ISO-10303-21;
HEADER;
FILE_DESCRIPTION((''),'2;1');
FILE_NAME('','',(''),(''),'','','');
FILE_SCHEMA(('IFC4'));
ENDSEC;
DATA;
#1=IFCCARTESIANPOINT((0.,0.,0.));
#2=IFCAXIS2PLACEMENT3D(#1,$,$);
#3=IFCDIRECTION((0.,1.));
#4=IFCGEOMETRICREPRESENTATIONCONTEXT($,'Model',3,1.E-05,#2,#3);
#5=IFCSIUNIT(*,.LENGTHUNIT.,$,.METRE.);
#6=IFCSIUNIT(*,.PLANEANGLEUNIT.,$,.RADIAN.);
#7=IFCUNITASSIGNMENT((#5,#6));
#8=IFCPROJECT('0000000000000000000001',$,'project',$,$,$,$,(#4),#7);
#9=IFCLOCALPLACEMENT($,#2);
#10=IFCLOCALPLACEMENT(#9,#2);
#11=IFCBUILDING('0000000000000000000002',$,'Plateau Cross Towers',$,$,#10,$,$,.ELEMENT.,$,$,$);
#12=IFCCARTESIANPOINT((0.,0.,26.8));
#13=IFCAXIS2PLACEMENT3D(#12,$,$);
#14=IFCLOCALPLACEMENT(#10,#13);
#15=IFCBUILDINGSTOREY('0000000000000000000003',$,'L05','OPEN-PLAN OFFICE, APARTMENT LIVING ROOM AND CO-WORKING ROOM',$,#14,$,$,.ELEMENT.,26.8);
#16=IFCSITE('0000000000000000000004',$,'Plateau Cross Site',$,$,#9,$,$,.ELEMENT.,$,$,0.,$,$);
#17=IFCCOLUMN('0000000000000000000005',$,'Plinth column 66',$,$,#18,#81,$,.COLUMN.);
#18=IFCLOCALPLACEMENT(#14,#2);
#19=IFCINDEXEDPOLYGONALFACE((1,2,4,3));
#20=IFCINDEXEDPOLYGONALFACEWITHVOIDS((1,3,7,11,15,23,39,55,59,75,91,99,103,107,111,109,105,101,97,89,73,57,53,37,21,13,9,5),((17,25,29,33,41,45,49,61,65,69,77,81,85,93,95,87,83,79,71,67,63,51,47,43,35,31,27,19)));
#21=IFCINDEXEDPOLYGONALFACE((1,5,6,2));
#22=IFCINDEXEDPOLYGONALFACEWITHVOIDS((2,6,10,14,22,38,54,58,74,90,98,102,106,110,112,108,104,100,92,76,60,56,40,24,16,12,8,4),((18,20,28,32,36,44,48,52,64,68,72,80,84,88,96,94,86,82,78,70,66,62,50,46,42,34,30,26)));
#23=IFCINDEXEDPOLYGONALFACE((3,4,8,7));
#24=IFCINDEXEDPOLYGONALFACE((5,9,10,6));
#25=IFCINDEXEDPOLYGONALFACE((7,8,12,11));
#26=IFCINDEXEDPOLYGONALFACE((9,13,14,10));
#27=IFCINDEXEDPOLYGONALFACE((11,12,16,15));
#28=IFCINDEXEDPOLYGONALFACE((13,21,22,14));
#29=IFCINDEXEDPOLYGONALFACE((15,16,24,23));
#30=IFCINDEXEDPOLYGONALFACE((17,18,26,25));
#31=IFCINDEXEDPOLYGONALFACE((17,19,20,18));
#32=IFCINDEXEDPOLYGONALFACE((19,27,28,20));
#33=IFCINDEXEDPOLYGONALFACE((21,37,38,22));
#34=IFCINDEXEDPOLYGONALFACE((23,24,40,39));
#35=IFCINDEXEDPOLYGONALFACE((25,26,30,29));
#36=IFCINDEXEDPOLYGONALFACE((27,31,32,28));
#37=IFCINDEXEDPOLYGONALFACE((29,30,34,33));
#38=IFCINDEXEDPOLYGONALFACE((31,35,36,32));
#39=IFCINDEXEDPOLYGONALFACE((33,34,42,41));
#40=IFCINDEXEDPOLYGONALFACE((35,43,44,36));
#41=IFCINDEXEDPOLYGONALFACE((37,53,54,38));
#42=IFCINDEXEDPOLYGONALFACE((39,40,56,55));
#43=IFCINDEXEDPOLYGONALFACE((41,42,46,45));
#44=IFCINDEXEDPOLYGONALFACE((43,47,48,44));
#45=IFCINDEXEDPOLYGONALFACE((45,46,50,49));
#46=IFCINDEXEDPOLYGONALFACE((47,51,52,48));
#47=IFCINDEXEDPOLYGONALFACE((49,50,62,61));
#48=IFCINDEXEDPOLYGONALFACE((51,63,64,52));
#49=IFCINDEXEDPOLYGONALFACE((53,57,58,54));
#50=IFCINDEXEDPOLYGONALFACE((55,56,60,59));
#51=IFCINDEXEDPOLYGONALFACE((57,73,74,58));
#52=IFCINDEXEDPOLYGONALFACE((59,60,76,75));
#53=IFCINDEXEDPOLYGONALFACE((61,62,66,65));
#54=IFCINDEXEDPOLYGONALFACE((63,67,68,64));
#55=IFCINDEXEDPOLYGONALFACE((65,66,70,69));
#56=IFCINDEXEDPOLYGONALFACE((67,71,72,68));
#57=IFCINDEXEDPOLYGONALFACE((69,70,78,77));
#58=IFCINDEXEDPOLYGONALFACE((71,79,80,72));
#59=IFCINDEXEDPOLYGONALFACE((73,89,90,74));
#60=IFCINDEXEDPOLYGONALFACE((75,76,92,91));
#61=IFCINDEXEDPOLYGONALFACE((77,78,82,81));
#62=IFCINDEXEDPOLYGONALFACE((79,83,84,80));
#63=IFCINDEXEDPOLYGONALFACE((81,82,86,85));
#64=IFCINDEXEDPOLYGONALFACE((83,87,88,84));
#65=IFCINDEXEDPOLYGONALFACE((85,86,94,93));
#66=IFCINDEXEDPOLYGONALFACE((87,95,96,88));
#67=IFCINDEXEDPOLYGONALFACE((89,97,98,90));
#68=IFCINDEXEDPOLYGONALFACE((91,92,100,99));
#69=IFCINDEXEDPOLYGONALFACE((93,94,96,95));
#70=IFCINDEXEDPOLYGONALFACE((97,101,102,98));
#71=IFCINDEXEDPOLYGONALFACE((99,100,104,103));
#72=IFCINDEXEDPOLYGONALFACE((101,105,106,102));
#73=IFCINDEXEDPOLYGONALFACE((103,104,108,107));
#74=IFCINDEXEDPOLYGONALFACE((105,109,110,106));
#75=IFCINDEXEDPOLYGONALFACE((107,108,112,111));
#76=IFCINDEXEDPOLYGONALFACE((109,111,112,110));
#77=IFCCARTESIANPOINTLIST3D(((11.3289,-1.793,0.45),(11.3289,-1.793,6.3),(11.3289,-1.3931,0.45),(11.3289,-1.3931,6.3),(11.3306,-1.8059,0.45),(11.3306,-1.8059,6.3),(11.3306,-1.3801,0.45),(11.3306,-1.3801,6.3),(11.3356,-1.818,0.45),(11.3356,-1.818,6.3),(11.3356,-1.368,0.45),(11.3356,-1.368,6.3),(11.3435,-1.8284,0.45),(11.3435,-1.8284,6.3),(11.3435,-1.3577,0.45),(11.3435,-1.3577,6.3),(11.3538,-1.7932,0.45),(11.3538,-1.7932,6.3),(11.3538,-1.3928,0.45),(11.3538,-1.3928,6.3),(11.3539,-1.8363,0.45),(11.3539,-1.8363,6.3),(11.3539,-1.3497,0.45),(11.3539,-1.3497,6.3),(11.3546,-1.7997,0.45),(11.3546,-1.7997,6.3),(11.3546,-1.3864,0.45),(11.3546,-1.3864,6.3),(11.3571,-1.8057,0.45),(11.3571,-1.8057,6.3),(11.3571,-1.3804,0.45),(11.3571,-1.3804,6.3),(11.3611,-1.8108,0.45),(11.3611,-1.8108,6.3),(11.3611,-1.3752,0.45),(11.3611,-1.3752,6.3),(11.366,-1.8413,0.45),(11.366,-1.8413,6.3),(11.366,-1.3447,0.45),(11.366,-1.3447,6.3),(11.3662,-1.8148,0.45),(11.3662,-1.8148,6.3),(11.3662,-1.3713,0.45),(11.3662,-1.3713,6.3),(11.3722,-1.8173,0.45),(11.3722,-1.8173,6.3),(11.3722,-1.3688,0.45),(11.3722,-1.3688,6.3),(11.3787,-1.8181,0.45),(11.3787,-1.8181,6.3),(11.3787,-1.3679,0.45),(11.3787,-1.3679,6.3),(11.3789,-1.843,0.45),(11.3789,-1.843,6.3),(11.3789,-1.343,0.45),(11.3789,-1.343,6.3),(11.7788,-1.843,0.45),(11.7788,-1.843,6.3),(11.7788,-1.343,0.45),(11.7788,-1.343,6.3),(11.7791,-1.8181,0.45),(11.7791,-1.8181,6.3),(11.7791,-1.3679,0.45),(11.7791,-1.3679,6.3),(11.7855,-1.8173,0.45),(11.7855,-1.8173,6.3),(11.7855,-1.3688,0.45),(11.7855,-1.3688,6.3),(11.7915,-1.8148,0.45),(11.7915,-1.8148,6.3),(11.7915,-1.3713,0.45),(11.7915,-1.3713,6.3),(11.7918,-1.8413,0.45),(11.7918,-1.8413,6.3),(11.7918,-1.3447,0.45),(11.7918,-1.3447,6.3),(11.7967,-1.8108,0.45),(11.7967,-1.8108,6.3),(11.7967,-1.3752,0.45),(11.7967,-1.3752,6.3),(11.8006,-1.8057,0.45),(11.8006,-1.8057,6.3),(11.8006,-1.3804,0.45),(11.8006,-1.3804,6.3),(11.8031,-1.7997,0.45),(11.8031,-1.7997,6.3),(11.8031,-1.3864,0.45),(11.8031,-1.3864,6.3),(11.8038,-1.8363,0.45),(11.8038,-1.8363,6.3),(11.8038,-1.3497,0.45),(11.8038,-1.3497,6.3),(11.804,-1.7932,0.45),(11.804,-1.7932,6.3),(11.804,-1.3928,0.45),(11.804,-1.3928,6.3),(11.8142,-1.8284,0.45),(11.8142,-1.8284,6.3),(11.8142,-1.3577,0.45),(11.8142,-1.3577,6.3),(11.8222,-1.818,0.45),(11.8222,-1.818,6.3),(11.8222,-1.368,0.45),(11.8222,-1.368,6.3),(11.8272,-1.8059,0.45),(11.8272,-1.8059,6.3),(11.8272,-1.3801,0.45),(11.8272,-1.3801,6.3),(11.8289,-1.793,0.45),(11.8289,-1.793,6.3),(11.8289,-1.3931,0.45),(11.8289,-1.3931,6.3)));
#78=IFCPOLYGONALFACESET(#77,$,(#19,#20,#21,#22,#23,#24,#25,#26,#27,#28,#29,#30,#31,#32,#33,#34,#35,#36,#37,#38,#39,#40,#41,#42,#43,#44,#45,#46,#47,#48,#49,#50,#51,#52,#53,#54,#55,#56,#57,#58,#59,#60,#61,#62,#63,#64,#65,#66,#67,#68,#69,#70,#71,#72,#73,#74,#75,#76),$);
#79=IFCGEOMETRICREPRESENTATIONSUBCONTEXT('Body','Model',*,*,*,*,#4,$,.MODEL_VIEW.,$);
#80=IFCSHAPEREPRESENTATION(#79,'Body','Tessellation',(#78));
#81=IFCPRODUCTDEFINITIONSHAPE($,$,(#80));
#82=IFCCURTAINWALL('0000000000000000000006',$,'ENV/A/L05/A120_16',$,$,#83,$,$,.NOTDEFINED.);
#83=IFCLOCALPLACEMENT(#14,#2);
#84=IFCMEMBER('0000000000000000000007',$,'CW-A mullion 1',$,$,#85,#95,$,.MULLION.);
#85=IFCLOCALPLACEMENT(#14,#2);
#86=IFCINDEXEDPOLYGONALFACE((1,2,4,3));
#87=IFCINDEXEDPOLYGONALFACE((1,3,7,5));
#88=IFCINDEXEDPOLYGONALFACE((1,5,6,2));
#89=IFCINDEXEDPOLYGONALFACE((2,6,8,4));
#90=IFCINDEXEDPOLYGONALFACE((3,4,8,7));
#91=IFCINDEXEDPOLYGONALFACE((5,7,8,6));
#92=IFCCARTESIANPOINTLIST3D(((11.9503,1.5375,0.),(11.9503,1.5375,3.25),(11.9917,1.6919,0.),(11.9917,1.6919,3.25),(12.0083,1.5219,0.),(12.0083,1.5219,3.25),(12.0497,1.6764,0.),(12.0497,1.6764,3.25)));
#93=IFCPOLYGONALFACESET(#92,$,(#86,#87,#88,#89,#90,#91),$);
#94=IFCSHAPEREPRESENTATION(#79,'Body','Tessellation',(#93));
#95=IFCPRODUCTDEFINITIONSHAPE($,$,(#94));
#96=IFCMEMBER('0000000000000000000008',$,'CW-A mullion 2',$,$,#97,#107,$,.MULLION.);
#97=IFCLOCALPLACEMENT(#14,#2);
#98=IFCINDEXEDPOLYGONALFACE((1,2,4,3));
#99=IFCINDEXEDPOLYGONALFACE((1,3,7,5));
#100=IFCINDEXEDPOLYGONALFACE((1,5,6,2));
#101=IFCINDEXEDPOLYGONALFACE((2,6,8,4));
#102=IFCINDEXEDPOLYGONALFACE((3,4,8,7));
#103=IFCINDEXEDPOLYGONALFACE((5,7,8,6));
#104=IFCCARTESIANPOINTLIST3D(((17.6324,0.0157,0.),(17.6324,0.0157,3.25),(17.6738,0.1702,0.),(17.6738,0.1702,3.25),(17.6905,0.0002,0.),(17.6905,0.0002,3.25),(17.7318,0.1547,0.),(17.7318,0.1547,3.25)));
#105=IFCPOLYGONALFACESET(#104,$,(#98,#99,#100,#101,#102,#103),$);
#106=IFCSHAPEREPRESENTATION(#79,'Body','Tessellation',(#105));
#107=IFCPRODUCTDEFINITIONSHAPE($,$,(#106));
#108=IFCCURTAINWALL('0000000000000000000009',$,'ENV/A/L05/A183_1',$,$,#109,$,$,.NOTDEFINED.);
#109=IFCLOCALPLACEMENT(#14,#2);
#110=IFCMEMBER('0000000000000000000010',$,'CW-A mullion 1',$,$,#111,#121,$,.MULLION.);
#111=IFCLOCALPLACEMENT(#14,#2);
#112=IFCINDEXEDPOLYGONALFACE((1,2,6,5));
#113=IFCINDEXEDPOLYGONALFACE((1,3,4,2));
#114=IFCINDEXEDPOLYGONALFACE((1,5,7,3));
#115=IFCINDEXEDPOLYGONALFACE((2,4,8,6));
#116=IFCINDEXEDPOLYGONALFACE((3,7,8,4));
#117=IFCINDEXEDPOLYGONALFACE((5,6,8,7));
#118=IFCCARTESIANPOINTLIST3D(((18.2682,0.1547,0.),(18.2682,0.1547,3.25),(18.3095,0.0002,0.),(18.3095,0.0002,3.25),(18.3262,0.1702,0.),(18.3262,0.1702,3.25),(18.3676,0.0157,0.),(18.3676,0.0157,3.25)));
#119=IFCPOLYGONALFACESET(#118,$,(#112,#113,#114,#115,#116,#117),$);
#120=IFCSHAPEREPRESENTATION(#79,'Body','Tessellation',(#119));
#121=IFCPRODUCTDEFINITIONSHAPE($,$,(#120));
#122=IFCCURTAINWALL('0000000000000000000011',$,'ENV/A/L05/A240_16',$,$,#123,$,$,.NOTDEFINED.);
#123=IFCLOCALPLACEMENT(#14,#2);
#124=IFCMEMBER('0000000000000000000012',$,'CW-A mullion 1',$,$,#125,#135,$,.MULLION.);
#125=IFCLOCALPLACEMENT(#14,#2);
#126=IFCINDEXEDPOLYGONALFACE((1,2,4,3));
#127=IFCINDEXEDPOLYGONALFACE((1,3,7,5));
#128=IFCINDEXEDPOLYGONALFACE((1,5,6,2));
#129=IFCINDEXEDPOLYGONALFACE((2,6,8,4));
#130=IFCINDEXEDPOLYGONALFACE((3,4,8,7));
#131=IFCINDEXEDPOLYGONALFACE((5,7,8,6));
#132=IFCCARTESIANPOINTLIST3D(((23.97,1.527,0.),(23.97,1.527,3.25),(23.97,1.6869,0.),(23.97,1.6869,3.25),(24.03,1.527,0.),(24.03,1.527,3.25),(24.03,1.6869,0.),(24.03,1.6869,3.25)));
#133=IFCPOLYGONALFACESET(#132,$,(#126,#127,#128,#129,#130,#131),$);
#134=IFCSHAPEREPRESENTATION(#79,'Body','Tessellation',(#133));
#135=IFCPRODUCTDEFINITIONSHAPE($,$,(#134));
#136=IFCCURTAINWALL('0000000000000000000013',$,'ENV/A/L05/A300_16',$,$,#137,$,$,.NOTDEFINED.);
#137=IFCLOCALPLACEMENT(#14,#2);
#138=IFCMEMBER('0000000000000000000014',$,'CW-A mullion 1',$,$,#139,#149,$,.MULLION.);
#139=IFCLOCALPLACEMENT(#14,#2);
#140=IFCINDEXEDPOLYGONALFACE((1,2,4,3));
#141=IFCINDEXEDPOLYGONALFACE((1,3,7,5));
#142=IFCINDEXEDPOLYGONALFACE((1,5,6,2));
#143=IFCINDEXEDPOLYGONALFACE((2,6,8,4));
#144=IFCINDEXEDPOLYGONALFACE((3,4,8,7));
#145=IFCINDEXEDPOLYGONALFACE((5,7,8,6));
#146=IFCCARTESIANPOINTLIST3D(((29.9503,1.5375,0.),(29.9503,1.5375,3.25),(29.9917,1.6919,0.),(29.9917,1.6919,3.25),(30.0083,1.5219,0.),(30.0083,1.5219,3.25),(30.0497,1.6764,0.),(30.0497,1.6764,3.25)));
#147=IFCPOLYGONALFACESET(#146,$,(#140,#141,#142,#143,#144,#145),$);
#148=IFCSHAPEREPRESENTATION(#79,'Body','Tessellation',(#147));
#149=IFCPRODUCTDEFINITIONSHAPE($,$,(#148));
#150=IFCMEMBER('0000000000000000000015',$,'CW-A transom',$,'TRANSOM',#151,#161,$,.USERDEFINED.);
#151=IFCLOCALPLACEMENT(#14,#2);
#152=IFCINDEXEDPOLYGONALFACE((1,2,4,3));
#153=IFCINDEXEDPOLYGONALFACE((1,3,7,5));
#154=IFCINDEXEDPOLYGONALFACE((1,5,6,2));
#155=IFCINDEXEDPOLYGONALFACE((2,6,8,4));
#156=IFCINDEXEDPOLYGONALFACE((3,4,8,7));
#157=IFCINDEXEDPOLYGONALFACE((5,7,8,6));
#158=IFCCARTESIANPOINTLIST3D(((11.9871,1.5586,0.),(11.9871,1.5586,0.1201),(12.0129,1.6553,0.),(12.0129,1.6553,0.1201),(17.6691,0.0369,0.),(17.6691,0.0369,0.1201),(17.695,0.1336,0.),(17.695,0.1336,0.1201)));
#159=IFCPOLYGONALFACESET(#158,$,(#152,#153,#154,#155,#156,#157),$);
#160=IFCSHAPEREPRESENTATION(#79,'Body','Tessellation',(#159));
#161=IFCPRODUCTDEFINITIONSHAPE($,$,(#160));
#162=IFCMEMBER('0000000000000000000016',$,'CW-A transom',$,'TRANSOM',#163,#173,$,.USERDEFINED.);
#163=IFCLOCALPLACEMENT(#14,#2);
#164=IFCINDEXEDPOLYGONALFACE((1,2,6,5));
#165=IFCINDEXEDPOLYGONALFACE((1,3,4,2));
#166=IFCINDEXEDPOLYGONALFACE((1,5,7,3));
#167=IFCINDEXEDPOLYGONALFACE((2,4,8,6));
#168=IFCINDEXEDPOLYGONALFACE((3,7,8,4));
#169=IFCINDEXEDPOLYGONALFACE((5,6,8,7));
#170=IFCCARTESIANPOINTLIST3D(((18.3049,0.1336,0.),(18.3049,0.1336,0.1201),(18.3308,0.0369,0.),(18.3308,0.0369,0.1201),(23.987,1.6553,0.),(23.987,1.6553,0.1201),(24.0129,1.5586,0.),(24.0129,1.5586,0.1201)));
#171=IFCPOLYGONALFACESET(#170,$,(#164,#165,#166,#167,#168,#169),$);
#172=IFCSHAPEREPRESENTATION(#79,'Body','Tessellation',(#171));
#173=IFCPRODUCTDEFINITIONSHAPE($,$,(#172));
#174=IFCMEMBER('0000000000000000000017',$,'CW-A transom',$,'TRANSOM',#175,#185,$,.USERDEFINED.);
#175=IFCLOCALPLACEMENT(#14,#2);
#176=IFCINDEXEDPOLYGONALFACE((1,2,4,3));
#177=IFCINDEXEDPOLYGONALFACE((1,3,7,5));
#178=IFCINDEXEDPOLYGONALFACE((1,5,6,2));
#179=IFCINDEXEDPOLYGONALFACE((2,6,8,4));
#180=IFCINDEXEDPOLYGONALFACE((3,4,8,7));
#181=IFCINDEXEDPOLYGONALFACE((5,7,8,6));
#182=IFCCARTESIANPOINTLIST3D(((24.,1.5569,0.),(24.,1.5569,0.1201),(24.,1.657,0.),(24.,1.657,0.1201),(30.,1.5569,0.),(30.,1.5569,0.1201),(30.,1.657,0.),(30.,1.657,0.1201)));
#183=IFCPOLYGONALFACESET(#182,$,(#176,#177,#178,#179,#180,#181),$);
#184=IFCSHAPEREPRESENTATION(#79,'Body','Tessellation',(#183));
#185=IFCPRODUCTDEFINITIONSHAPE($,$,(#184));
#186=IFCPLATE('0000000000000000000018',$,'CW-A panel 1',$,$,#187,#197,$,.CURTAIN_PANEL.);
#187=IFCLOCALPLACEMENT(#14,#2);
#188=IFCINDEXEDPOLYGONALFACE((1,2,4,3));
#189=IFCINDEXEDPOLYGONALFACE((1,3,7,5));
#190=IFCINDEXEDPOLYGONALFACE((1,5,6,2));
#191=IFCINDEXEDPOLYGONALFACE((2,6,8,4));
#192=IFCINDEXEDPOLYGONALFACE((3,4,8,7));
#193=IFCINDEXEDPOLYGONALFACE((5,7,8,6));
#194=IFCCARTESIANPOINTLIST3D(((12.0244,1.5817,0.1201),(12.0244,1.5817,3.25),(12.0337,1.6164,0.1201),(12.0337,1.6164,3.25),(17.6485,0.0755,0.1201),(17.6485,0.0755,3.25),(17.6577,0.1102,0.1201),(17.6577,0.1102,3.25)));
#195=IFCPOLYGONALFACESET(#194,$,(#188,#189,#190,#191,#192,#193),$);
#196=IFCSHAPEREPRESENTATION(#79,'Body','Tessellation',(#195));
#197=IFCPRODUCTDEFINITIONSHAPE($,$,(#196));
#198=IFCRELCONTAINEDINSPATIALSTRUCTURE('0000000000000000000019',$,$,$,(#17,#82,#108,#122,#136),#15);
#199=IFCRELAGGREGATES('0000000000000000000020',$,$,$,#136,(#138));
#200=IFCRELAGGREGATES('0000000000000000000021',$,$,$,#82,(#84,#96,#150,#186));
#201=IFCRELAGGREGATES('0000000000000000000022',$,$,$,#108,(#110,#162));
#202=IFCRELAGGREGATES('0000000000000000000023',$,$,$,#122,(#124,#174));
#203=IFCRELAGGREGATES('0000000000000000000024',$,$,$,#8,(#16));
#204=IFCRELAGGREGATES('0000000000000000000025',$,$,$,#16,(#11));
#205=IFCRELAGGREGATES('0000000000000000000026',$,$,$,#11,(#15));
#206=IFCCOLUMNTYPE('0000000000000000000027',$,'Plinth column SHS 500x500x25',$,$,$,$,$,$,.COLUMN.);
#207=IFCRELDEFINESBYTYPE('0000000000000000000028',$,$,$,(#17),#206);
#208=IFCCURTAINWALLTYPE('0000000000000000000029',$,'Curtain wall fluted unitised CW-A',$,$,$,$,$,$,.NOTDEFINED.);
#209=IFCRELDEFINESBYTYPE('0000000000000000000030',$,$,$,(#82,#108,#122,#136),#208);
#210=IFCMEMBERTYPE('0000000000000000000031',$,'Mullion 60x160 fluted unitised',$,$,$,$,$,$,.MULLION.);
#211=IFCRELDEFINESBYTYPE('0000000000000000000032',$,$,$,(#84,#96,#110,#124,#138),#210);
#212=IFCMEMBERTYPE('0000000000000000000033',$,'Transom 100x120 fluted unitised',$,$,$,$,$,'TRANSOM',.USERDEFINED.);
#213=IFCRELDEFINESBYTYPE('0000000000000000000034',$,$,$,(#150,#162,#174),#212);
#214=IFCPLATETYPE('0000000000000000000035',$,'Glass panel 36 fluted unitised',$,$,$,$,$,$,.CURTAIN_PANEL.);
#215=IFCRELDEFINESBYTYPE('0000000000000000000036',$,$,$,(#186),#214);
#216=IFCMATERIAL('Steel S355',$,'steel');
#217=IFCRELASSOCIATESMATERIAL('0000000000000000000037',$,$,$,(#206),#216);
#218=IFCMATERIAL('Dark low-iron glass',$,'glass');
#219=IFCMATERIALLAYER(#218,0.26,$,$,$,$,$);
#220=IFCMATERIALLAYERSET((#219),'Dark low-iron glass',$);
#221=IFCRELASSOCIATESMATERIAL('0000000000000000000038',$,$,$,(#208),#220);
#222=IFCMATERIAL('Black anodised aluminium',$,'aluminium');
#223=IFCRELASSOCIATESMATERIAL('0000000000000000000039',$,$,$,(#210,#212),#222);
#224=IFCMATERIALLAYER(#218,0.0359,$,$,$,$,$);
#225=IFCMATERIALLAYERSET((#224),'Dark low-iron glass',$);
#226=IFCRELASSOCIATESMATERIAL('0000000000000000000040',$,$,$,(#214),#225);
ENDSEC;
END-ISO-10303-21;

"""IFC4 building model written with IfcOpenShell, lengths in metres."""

from ifc_helpers import new_model, si_unit, direction, frame, origin, origin_2d, place, context, subcontext, project, spatial, rectangle, hollow_rectangle, extrude, material, layer, layer_set, material_profile, profile_set, type_object, element, aggregate, save


model = new_model("IFC4")

# Units and contexts
model_context = context("Model", 3, precision=1e-05, world=origin(), true_north=direction((0.0, 1.0)))
body_context = subcontext(model_context, "Body", "Model", "MODEL_VIEW")
ifc_project = project(units=[si_unit("LENGTHUNIT", "METRE"), si_unit("PLANEANGLEUNIT", "RADIAN")], contexts=[model_context])

# Site, building, storey
site_placement = place(None, origin())
site = spatial("IfcSite", under=ifc_project, at=site_placement, Name="Plateau Cross Site", CompositionType="ELEMENT", RefElevation=0.0)
building_placement = place(site_placement, origin())
building = spatial("IfcBuilding", under=site, at=building_placement, Name="Plateau Cross Towers", CompositionType="ELEMENT")
storey_placement = place(building_placement, frame((0.0, 0.0, 26.8)))
storey = spatial("IfcBuildingStorey", under=building, at=storey_placement, Name="L05", Description="OPEN-PLAN OFFICE, APARTMENT LIVING ROOM AND CO-WORKING ROOM", CompositionType="ELEMENT", Elevation=26.8)

# Column
ifc_material_1 = material(Name="Steel S355", Category="steel")
ifc_material_profile_1 = material_profile(ifc_material_1, hollow_rectangle(XDim=0.5, YDim=0.5, WallThickness=0.0249, InnerFilletRadius=0.0249, OuterFilletRadius=0.05, at=origin_2d()), Name="SHS 500x500x25")
ifc_profile_set_1 = profile_set([ifc_material_profile_1], Name="Steel S355")
column_type_1 = type_object("IfcColumnType", Name="Plinth column SHS 500x500x25", PredefinedType="COLUMN", material=ifc_profile_set_1)
for number, where, z_axis, x_axis, name in (
    (1, (11.5789, -1.593, 0.45), (0.0, 0.0, 1.0), (1.0, 0.0, 0.0), "Plinth column 66"),
):
    element("IfcColumn", number, at=place(storey_placement, frame(where, z_axis=z_axis, x_axis=x_axis)), inside=storey, type_object=column_type_1, Name=name, PredefinedType="COLUMN", context=body_context, shape_type="SweptSolid", body=[
        extrude(hollow_rectangle(XDim=0.5, YDim=0.5, WallThickness=0.0249, InnerFilletRadius=0.0249, OuterFilletRadius=0.05, at=origin_2d()), origin(), (0.0, 0.0, 1.0), 5.8501),
    ])

# Curtain wall, members
ifc_material_2 = material(Name="Dark low-iron glass", Category="glass")
ifc_layer_1 = layer(ifc_material_2, 0.26)
ifc_layer_set_1 = layer_set([ifc_layer_1], Name="Dark low-iron glass")
curtain_wall_type = type_object("IfcCurtainWallType", Name="Curtain wall fluted unitised CW-A", PredefinedType="NOTDEFINED", material=ifc_layer_set_1)
curtain_wall_1_placement = place(storey_placement, origin())
curtain_wall_1 = element("IfcCurtainWall", 2, at=curtain_wall_1_placement, inside=storey, type_object=curtain_wall_type, Name="ENV/A/L05/A120_16", PredefinedType="NOTDEFINED")
ifc_material_3 = material(Name="Black anodised aluminium", Category="aluminium")
ifc_material_profile_2 = material_profile(ifc_material_3, rectangle(XDim=0.0601, YDim=0.1599, at=origin_2d()), Name="MULLION 60x160")
ifc_profile_set_2 = profile_set([ifc_material_profile_2], Name="Black anodised aluminium")
member_type_1 = type_object("IfcMemberType", Name="Mullion 60x160 fluted unitised", PredefinedType="MULLION", material=ifc_profile_set_2)
member_1_placement = place(storey_placement, frame((12.0, 1.6069, 0.0), z_axis=(0.0, 0.0, 1.0), x_axis=(0.965958, -0.258699, 0.0)))
member_1 = element("IfcMember", 3, at=member_1_placement, type_object=member_type_1, Name="CW-A mullion 1", PredefinedType="MULLION", context=body_context, shape_type="SweptSolid", body=[
    extrude(rectangle(XDim=0.0601, YDim=0.1599, at=origin_2d()), origin(), (0.0, 0.0, 1.0), 3.25),
])
member_2_placement = place(storey_placement, frame((17.6821, 0.0852, 0.0), z_axis=(0.0, 0.0, 1.0), x_axis=(0.965958, -0.258699, 0.0)))
member_2 = element("IfcMember", 4, at=member_2_placement, type_object=member_type_1, Name="CW-A mullion 2", PredefinedType="MULLION", context=body_context, shape_type="SweptSolid", body=[
    extrude(rectangle(XDim=0.0601, YDim=0.1599, at=origin_2d()), origin(), (0.0, 0.0, 1.0), 3.25),
])

# Curtain walls, members
curtain_wall_2_placement = place(storey_placement, origin())
curtain_wall_2 = element("IfcCurtainWall", 5, at=curtain_wall_2_placement, inside=storey, type_object=curtain_wall_type, Name="ENV/A/L05/A183_1", PredefinedType="NOTDEFINED")
member_3_placement = place(storey_placement, frame((18.3179, 0.0852, 0.0), z_axis=(0.0, 0.0, 1.0), x_axis=(0.965958, 0.258699, 0.0)))
member_3 = element("IfcMember", 6, at=member_3_placement, type_object=member_type_1, Name="CW-A mullion 1", PredefinedType="MULLION", context=body_context, shape_type="SweptSolid", body=[
    extrude(rectangle(XDim=0.0601, YDim=0.1599, at=origin_2d()), origin(), (0.0, 0.0, 1.0), 3.25),
])
curtain_wall_3_placement = place(storey_placement, origin())
curtain_wall_3 = element("IfcCurtainWall", 7, at=curtain_wall_3_placement, inside=storey, type_object=curtain_wall_type, Name="ENV/A/L05/A240_16", PredefinedType="NOTDEFINED")
member_4_placement = place(storey_placement, frame((24.0, 1.6069, 0.0), z_axis=(0.0, 0.0, 1.0), x_axis=(1.0, 0.0, 0.0)))
member_4 = element("IfcMember", 8, at=member_4_placement, type_object=member_type_1, Name="CW-A mullion 1", PredefinedType="MULLION", context=body_context, shape_type="SweptSolid", body=[
    extrude(rectangle(XDim=0.0601, YDim=0.1599, at=origin_2d()), origin(), (0.0, 0.0, 1.0), 3.25),
])
curtain_wall_4_placement = place(storey_placement, origin())
curtain_wall_4 = element("IfcCurtainWall", 9, at=curtain_wall_4_placement, inside=storey, type_object=curtain_wall_type, Name="ENV/A/L05/A300_16", PredefinedType="NOTDEFINED")
member_5_placement = place(storey_placement, frame((30.0, 1.6069, 0.0), z_axis=(0.0, 0.0, 1.0), x_axis=(0.965958, -0.258699, 0.0)))
member_5 = element("IfcMember", 10, at=member_5_placement, type_object=member_type_1, Name="CW-A mullion 1", PredefinedType="MULLION", context=body_context, shape_type="SweptSolid", body=[
    extrude(rectangle(XDim=0.0601, YDim=0.1599, at=origin_2d()), origin(), (0.0, 0.0, 1.0), 3.25),
])
aggregate(curtain_wall_4, [member_5])

# Members
ifc_material_profile_3 = material_profile(ifc_material_3, rectangle(XDim=0.1001, YDim=0.1201, at=origin_2d()), Name="TRANSOM 100x120")
ifc_profile_set_3 = profile_set([ifc_material_profile_3], Name="Black anodised aluminium")
member_type_2 = type_object("IfcMemberType", Name="Transom 100x120 fluted unitised", ElementType="TRANSOM", PredefinedType="USERDEFINED", material=ifc_profile_set_3)
member_6_placement = place(storey_placement, frame((12.0, 1.6069, 0.0601), z_axis=(0.96596, -0.258693, 0.0), x_axis=(0.258693, 0.96596, 0.0)))
member_6 = element("IfcMember", 11, at=member_6_placement, type_object=member_type_2, Name="CW-A transom", ObjectType="TRANSOM", PredefinedType="USERDEFINED", context=body_context, shape_type="SweptSolid", body=[
    extrude(rectangle(XDim=0.1001, YDim=0.1201, at=origin_2d()), origin(), (0.0, 0.0, 1.0), 5.8823),
])
member_7_placement = place(storey_placement, frame((18.3179, 0.0852, 0.0601), z_axis=(0.96596, 0.258693, 0.0), x_axis=(-0.258693, 0.96596, 0.0)))
member_7 = element("IfcMember", 12, at=member_7_placement, type_object=member_type_2, Name="CW-A transom", ObjectType="TRANSOM", PredefinedType="USERDEFINED", context=body_context, shape_type="SweptSolid", body=[
    extrude(rectangle(XDim=0.1001, YDim=0.1201, at=origin_2d()), origin(), (0.0, 0.0, 1.0), 5.8823),
])
member_8_placement = place(storey_placement, frame((24.0, 1.6069, 0.0601), z_axis=(1.0, 0.0, 0.0), x_axis=(0.0, 1.0, 0.0)))
member_8 = element("IfcMember", 13, at=member_8_placement, type_object=member_type_2, Name="CW-A transom", ObjectType="TRANSOM", PredefinedType="USERDEFINED", context=body_context, shape_type="SweptSolid", body=[
    extrude(rectangle(XDim=0.1001, YDim=0.1201, at=origin_2d()), origin(), (0.0, 0.0, 1.0), 6.0),
])

# Plate
ifc_layer_2 = layer(ifc_material_2, 0.0359)
ifc_layer_set_2 = layer_set([ifc_layer_2], Name="Dark low-iron glass")
plate_type = type_object("IfcPlateType", Name="Glass panel 36 fluted unitised", PredefinedType="CURTAIN_PANEL", material=ifc_layer_set_2)
plate_1_placement = place(storey_placement, frame((14.8411, 0.8459, 0.1201), z_axis=(0.0, 0.0, 1.0), x_axis=(0.965958, -0.258699, 0.0)))
plate_1 = element("IfcPlate", 14, at=plate_1_placement, type_object=plate_type, Name="CW-A panel 1", PredefinedType="CURTAIN_PANEL", context=body_context, shape_type="SweptSolid", body=[
    extrude(rectangle(XDim=5.8223, YDim=0.0359, at=origin_2d()), origin(), (0.0, 0.0, 1.0), 3.1299),
])
aggregate(curtain_wall_1, [member_1, member_2, member_6, plate_1])
aggregate(curtain_wall_2, [member_3, member_7])
aggregate(curtain_wall_3, [member_4, member_8])

save(model, "model.ifc")
